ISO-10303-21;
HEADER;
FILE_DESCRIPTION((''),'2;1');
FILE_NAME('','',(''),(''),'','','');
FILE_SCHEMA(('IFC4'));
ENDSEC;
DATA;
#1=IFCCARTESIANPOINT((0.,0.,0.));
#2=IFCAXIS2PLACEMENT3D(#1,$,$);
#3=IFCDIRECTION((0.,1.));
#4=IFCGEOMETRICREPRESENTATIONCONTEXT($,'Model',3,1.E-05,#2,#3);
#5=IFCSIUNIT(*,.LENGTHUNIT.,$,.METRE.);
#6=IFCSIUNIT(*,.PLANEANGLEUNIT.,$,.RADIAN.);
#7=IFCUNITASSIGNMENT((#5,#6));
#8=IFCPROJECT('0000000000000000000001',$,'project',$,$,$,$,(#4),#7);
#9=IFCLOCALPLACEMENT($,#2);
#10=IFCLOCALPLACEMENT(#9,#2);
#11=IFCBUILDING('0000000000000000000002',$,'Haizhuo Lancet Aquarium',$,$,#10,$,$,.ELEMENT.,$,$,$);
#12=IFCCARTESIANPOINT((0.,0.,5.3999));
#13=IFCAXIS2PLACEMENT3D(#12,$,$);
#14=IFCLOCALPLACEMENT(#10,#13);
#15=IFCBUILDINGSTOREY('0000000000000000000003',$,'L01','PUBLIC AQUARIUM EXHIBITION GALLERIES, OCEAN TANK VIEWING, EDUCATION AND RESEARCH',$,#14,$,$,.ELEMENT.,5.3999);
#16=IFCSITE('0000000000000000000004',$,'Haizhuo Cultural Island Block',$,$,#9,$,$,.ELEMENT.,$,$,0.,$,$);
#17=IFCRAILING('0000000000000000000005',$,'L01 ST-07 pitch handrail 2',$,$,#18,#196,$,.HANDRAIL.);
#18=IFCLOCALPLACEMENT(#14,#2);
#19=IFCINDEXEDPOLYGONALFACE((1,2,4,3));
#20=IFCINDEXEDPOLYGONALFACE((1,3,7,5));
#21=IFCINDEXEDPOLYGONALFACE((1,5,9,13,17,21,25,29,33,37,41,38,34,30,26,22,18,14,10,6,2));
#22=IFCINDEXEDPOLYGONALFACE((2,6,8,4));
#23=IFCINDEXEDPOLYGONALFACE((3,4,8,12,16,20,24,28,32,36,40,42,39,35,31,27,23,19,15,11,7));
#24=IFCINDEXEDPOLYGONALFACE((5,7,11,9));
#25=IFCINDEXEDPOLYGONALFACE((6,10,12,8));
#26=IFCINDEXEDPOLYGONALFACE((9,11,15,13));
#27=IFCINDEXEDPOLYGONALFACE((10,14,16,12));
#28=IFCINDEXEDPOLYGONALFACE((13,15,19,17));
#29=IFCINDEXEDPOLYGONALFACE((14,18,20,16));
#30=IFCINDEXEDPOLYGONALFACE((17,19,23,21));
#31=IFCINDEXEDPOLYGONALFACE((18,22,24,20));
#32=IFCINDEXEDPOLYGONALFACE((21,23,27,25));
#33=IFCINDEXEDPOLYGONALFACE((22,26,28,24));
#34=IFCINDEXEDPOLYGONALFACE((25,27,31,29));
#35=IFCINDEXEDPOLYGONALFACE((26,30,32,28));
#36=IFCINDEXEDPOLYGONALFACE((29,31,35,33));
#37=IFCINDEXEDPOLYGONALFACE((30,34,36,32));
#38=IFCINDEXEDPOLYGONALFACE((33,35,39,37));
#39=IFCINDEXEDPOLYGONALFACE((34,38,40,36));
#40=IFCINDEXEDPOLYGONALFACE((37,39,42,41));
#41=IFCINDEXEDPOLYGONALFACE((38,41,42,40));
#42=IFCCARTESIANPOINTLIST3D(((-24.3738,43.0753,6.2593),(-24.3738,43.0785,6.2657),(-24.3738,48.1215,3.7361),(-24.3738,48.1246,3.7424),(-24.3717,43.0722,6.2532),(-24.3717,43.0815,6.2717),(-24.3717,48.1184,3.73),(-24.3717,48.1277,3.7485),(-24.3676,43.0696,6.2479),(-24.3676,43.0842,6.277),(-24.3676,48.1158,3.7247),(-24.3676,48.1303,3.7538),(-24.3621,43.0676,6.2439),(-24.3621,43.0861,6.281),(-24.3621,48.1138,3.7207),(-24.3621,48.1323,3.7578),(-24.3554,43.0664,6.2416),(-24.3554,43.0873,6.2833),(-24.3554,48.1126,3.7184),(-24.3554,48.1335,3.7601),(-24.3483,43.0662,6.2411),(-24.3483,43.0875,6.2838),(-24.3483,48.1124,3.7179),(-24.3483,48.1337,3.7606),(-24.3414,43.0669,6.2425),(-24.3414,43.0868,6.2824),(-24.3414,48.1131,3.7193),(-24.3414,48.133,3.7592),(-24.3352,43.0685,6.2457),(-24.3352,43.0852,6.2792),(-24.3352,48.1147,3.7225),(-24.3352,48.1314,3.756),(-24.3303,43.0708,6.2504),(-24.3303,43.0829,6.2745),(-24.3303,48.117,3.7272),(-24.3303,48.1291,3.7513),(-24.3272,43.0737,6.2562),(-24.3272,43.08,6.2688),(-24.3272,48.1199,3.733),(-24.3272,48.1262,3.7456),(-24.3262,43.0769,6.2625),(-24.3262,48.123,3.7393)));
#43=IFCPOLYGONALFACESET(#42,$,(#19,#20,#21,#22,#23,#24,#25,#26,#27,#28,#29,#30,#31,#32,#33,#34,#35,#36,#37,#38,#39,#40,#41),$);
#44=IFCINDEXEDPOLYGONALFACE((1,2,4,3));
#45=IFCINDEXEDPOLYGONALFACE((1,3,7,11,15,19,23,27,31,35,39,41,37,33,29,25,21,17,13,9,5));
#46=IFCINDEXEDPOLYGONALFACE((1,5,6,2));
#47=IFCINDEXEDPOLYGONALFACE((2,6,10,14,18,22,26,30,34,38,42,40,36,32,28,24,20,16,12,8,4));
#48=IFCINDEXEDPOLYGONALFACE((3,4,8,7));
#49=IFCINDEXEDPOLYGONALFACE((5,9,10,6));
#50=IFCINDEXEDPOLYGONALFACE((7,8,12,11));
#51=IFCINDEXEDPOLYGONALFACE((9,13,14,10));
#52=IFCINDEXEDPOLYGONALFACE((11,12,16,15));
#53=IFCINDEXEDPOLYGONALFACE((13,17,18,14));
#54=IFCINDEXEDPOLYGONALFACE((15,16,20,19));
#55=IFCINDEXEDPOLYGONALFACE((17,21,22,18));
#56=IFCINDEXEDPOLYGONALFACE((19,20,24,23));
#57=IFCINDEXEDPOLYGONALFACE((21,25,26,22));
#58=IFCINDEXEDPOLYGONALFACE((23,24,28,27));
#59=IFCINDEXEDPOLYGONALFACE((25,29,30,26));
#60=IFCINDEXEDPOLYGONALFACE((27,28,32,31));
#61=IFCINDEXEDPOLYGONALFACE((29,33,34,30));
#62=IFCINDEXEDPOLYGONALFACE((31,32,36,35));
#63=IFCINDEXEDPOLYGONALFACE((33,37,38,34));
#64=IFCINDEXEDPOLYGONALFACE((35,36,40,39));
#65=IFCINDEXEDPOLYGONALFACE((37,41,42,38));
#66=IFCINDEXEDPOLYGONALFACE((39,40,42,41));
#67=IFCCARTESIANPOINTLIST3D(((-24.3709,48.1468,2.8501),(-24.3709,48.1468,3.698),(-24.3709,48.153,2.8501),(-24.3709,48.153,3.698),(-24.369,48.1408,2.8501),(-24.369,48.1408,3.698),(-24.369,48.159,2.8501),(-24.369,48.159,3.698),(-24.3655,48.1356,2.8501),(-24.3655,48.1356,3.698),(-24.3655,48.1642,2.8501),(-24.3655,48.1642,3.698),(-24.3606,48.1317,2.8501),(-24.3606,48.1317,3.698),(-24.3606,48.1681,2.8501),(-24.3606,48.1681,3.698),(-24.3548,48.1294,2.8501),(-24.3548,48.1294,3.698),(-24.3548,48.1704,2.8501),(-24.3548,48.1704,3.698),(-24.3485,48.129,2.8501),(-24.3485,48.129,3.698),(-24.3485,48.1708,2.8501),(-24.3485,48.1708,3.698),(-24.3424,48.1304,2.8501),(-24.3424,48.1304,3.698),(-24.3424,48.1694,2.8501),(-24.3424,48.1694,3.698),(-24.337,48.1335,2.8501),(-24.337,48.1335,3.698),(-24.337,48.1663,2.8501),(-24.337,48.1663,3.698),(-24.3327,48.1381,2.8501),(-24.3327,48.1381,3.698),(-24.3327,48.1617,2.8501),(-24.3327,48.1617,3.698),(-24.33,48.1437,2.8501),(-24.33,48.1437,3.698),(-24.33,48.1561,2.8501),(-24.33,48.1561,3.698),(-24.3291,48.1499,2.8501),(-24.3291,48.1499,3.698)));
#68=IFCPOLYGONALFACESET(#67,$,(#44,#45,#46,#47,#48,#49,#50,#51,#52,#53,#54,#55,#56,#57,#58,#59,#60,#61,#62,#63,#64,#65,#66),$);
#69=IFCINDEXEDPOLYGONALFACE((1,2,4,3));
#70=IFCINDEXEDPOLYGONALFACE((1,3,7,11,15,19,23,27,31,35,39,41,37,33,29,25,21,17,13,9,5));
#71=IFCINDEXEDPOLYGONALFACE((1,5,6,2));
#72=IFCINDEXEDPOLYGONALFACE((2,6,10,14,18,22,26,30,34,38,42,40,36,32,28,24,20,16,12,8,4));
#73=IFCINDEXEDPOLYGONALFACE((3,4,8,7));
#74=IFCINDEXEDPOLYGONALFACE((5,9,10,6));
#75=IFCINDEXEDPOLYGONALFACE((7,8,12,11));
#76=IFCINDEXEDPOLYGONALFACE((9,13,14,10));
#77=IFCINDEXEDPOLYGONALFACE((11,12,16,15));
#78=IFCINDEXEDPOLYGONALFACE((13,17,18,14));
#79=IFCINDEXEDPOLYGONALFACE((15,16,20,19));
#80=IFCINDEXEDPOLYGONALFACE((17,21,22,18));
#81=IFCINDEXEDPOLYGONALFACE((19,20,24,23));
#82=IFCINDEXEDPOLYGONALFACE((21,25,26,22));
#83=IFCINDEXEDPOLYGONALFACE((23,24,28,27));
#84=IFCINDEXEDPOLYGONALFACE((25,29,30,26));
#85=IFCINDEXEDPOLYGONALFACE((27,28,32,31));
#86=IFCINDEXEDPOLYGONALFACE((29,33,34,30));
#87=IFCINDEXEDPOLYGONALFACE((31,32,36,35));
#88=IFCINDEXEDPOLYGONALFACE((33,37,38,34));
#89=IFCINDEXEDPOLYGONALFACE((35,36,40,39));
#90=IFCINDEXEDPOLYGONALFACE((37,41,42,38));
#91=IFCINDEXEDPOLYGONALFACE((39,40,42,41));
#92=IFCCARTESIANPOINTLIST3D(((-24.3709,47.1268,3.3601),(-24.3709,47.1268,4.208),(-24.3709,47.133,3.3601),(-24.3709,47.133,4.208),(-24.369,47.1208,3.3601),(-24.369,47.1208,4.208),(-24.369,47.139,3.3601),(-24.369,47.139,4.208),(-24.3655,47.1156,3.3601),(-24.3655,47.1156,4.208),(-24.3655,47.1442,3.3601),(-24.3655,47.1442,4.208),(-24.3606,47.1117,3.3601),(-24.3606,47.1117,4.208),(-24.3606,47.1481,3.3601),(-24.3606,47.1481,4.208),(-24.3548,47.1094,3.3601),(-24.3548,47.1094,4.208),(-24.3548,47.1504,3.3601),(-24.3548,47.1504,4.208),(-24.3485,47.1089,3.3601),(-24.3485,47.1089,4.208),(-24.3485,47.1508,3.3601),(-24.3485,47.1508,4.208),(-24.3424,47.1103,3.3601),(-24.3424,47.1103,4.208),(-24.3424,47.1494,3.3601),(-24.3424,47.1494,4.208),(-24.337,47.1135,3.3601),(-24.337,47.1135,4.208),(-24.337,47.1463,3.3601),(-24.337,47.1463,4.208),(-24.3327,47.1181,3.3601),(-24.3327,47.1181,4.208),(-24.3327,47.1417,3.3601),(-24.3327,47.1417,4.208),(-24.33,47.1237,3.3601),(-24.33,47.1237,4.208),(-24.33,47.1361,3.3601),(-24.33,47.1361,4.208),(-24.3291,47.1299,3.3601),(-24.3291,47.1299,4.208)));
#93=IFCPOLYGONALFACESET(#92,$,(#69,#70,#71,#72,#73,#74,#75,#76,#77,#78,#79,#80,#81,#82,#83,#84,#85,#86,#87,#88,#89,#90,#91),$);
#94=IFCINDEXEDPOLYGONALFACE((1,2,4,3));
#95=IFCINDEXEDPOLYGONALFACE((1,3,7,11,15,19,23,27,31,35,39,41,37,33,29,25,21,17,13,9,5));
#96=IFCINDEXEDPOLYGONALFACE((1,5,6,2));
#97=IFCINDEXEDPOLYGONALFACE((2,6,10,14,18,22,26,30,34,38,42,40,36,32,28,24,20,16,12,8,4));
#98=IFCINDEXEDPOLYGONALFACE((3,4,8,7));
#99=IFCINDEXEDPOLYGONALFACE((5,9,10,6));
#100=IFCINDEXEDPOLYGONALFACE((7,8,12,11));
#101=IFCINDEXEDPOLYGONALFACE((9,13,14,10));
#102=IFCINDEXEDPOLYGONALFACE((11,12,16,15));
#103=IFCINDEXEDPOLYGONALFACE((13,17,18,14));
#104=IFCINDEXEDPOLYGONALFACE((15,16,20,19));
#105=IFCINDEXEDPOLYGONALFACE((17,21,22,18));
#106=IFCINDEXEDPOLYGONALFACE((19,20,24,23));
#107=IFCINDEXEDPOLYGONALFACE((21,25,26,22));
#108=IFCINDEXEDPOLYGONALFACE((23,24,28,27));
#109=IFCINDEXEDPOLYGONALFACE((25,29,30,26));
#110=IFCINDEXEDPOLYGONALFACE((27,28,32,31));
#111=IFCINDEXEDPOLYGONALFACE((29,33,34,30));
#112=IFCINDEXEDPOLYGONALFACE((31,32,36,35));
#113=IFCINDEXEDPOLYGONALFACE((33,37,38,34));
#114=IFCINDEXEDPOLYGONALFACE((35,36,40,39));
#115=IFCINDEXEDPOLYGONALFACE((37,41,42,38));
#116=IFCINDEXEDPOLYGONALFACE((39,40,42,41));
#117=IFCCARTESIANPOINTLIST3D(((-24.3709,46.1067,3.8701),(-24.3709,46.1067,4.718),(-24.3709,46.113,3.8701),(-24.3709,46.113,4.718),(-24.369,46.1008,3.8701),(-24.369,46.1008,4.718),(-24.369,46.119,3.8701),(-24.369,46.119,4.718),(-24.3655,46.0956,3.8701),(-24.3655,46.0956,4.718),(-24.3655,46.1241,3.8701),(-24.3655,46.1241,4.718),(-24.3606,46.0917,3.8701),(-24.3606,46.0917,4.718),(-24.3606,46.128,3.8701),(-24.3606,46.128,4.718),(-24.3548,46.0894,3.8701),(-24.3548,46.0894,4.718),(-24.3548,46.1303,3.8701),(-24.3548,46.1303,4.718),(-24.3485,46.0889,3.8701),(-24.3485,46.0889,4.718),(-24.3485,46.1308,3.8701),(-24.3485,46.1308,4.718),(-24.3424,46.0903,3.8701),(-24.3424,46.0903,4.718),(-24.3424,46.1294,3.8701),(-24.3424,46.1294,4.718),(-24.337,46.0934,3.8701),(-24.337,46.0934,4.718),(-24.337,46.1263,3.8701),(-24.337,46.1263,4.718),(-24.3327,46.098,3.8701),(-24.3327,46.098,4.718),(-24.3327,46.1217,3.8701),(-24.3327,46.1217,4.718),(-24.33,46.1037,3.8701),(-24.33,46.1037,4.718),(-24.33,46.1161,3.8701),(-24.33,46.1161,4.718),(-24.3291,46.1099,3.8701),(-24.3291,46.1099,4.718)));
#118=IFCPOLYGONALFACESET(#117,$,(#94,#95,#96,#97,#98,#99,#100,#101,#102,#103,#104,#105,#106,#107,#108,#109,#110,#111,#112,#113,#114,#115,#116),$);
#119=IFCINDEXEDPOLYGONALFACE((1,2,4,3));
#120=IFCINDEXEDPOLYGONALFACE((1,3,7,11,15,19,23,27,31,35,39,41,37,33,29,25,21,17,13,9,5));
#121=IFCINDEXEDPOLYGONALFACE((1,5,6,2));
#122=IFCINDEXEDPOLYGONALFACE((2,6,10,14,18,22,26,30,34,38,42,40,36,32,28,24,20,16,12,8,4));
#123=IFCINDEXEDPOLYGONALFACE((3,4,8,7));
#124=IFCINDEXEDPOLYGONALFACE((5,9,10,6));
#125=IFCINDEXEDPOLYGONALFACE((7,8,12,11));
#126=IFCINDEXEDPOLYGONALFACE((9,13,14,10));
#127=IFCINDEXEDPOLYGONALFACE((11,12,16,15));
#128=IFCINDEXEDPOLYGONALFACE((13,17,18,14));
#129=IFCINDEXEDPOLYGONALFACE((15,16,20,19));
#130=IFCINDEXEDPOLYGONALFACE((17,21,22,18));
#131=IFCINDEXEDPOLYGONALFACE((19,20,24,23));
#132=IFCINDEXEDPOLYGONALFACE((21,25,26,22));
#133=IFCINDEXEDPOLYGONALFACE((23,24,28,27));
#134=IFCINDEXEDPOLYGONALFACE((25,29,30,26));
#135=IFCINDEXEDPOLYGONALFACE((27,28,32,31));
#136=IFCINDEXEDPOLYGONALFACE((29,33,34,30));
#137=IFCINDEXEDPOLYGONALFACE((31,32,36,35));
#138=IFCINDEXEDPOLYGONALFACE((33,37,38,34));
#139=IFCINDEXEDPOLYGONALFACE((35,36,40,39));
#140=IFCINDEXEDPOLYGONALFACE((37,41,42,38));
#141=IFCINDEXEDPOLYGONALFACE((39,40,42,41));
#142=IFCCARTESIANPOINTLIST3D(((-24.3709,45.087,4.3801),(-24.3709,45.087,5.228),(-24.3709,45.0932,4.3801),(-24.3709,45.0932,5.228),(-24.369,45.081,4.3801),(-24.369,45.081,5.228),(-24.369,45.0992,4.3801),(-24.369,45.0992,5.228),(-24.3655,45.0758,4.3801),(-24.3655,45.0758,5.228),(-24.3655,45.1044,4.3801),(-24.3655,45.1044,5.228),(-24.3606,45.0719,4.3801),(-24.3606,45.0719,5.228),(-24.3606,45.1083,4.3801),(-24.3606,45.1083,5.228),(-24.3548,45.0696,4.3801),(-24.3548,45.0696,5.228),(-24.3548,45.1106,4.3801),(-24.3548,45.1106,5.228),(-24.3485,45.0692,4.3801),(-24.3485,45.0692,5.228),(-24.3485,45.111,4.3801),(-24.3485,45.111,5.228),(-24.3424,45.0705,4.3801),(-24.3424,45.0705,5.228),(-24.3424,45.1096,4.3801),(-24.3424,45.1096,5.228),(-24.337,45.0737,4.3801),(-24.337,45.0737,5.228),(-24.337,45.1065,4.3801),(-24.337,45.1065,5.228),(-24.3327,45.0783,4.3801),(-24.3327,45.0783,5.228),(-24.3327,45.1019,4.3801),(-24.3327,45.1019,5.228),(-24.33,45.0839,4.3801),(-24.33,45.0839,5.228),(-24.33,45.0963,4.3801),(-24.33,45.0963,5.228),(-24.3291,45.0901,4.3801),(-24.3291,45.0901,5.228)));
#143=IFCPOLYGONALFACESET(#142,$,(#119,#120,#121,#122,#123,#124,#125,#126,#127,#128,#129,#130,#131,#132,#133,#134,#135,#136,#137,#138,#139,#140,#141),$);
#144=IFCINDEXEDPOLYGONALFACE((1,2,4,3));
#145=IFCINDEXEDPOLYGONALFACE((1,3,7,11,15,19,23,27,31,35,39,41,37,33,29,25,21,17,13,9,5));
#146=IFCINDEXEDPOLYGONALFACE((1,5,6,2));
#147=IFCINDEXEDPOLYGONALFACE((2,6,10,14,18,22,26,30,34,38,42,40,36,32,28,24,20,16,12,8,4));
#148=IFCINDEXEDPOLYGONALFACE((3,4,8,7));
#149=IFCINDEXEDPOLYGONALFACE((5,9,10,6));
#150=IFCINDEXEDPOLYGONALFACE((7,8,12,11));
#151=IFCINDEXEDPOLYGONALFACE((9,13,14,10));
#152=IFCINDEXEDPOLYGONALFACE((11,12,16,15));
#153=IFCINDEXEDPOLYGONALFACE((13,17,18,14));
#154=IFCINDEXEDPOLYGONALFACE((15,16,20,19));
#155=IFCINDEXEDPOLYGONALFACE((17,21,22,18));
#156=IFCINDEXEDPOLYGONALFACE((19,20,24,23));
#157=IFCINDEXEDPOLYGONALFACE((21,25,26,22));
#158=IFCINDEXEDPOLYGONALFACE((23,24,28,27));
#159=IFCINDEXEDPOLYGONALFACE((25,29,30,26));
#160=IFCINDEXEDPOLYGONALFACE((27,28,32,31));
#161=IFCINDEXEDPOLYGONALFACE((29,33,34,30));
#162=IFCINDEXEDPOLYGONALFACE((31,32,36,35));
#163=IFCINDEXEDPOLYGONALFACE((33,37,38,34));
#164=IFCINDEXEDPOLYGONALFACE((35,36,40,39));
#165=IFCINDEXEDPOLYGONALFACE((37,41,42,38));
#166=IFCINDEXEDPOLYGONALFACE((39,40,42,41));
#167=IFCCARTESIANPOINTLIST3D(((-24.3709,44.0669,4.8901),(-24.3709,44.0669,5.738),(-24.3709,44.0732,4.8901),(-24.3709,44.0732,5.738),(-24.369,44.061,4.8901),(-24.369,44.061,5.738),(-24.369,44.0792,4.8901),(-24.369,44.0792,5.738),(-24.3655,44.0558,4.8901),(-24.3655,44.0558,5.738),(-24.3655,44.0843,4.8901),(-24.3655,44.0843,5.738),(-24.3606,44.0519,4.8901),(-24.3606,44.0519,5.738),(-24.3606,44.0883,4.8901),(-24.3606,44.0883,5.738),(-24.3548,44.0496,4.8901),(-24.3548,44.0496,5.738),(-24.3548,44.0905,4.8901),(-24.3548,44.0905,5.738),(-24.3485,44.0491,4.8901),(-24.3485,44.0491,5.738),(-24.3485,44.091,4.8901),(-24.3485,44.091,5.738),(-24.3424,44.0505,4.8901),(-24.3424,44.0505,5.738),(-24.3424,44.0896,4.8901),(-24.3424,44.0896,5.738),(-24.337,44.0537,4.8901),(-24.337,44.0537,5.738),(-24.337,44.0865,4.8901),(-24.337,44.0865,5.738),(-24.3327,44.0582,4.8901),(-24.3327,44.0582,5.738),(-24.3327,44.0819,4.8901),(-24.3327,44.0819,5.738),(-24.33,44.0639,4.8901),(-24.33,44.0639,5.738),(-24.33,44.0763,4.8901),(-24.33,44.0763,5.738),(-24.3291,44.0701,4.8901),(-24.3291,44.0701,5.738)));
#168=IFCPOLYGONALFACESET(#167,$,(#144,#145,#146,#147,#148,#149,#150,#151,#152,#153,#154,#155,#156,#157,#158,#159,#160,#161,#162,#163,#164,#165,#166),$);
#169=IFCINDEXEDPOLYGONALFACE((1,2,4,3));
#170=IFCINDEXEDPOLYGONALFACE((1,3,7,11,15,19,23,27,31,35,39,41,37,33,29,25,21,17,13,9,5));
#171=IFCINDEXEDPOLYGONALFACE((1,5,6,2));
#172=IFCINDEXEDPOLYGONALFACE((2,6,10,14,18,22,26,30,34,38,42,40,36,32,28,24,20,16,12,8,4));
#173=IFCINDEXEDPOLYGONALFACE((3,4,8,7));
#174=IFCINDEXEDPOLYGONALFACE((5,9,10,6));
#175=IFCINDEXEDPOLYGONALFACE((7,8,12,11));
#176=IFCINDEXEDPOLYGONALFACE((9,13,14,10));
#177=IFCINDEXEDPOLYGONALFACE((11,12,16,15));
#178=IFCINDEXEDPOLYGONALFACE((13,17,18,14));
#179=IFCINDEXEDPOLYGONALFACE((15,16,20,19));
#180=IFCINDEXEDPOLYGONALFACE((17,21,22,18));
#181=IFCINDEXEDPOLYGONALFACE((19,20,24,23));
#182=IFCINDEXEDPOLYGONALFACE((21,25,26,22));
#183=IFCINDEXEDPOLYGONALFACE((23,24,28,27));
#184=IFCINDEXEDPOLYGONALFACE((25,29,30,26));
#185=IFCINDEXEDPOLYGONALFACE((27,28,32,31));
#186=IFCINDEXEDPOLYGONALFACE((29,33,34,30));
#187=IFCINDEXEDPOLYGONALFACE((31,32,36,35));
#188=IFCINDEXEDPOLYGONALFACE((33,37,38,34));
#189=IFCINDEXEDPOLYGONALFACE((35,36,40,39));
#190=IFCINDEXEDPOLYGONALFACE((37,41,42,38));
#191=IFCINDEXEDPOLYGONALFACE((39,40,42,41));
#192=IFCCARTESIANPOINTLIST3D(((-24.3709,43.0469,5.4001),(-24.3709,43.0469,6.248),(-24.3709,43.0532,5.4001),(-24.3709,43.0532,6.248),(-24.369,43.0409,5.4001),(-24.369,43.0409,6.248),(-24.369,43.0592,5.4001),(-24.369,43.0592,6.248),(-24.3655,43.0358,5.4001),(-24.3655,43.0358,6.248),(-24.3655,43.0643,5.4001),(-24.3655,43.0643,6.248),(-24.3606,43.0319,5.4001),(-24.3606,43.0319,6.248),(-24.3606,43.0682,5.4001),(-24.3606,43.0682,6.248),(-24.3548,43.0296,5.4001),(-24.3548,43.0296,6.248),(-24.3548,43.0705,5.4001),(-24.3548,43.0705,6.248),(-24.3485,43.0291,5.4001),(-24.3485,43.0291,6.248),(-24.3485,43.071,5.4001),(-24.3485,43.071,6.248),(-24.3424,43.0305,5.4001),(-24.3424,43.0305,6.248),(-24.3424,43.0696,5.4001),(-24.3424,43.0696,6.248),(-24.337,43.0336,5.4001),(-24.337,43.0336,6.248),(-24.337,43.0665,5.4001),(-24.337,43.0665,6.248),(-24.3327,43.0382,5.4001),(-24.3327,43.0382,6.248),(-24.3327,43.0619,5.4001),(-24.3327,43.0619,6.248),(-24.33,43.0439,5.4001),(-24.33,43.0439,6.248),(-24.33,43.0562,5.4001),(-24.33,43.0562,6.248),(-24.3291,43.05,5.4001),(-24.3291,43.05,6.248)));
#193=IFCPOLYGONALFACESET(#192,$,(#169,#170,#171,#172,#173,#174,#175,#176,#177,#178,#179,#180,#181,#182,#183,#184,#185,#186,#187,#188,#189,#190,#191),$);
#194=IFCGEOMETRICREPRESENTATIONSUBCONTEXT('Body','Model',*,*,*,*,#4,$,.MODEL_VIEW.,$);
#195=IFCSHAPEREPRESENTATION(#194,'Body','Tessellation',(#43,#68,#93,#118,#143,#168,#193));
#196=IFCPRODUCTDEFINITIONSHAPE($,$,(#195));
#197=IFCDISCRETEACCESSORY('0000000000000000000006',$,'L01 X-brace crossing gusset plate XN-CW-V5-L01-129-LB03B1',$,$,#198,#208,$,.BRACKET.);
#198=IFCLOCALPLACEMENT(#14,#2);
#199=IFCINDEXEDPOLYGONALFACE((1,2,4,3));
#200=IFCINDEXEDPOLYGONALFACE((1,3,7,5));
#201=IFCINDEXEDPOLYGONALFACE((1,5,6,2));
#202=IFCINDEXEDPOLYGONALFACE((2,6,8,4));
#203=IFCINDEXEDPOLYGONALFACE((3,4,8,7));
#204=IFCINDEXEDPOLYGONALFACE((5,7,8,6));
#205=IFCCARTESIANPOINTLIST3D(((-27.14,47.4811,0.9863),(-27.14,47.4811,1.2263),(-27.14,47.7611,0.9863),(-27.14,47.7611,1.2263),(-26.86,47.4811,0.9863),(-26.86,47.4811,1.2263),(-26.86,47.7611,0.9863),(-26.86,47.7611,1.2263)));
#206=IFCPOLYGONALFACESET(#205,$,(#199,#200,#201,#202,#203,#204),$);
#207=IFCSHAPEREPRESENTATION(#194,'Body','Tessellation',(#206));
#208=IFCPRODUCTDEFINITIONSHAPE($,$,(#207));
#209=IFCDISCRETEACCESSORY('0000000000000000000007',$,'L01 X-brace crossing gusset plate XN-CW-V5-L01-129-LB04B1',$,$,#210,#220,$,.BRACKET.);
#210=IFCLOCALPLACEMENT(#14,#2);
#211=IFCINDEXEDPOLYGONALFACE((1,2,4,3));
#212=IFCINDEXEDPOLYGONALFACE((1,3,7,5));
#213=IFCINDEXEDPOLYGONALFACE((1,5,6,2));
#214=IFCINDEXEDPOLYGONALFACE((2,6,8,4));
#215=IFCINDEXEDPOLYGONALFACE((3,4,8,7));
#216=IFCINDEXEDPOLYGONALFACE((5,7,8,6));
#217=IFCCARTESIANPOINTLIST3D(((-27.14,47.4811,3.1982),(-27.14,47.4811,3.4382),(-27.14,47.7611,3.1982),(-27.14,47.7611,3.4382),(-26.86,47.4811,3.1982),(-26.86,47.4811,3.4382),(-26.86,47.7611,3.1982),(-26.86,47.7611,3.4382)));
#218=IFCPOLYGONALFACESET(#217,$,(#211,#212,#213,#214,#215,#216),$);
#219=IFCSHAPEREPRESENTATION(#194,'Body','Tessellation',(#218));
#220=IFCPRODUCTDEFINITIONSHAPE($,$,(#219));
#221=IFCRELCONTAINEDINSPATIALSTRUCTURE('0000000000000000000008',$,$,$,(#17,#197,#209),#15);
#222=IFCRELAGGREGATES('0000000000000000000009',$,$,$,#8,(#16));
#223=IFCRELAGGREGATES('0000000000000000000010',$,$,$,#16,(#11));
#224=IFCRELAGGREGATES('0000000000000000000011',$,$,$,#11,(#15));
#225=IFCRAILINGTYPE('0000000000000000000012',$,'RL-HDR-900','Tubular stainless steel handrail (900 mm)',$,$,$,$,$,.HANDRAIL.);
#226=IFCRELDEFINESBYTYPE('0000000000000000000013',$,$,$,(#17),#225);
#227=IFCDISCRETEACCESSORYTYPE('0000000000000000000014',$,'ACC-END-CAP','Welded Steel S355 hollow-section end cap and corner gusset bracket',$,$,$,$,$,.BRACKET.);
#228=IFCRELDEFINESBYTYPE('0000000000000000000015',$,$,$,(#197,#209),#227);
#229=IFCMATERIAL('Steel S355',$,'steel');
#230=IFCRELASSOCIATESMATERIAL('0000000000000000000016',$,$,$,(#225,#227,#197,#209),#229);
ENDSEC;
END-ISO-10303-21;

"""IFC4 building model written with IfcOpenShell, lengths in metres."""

from ifc_helpers import new_model, si_unit, direction, frame, origin, origin_2d, place, context, subcontext, project, spatial, rectangle, circle, extrude, material, type_object, element, save


model = new_model("IFC4")

# Units and contexts
model_context = context("Model", 3, precision=1e-05, world=origin(), true_north=direction((0.0, 1.0)))
body_context = subcontext(model_context, "Body", "Model", "MODEL_VIEW")
ifc_project = project(units=[si_unit("LENGTHUNIT", "METRE"), si_unit("PLANEANGLEUNIT", "RADIAN")], contexts=[model_context])

# Site, building, storey
site_placement = place(None, origin())
site = spatial("IfcSite", under=ifc_project, at=site_placement, Name="Haizhuo Cultural Island Block", CompositionType="ELEMENT", RefElevation=0.0)
building_placement = place(site_placement, origin())
building = spatial("IfcBuilding", under=site, at=building_placement, Name="Haizhuo Lancet Aquarium", CompositionType="ELEMENT")
storey_placement = place(building_placement, frame((0.0, 0.0, 5.3999)))
storey = spatial("IfcBuildingStorey", under=building, at=storey_placement, Name="L01", Description="PUBLIC AQUARIUM EXHIBITION GALLERIES, OCEAN TANK VIEWING, EDUCATION AND RESEARCH", CompositionType="ELEMENT", Elevation=5.3999)

# Shared definitions
ifc_material_1 = material(Name="Steel S355", Category="steel")

# Railing
railing_type_1 = type_object("IfcRailingType", Name="RL-HDR-900", Description="Tubular stainless steel handrail (900 mm)", PredefinedType="HANDRAIL", material=ifc_material_1)
railing_1_placement = place(storey_placement, frame((-24.3501, 48.1499, 2.8501)))
element("IfcRailing", 1, at=railing_1_placement, inside=storey, type_object=railing_type_1, Name="L01 ST-07 pitch handrail 2", PredefinedType="HANDRAIL", context=body_context, shape_type="SweptSolid", body=[
    extrude(circle(Radius=0.0239, at=origin_2d()), frame((0.0, -0.0269, 0.8892), z_axis=(0.0, -0.894419, 0.447231), x_axis=(1.0, 0.0, 0.0)), (0.0, 0.0, 1.0), 5.6418),
    extrude(circle(Radius=0.021, at=origin_2d()), origin(), (0.0, 0.0, 1.0), 0.8479),
    extrude(circle(Radius=0.021, at=origin_2d()), frame((0.0, -1.02, 0.51)), (0.0, 0.0, 1.0), 0.8479),
    extrude(circle(Radius=0.021, at=origin_2d()), frame((0.0, -2.04, 1.02)), (0.0, 0.0, 1.0), 0.8479),
    extrude(circle(Radius=0.021, at=origin_2d()), frame((0.0, -3.0598, 1.53)), (0.0, 0.0, 1.0), 0.8479),
    extrude(circle(Radius=0.021, at=origin_2d()), frame((0.0, -4.0798, 2.04)), (0.0, 0.0, 1.0), 0.8479),
    extrude(circle(Radius=0.021, at=origin_2d()), frame((0.0, -5.0999, 2.55)), (0.0, 0.0, 1.0), 0.8479),
])

# Discrete accessories
discrete_accessory_type = type_object("IfcDiscreteAccessoryType", Name="ACC-END-CAP", Description="Welded Steel S355 hollow-section end cap and corner gusset bracket", PredefinedType="BRACKET", material=ifc_material_1)
for number, where, z_axis, x_axis, name in (
    (2, (-27.0, 47.6211, 0.9863), (0.0, 0.0, 1.0), (1.0, 0.0, 0.0), "L01 X-brace crossing gusset plate XN-CW-V5-L01-129-LB03B1"),
    (3, (-27.0, 47.6211, 3.1982), (0.0, 0.0, 1.0), (1.0, 0.0, 0.0), "L01 X-brace crossing gusset plate XN-CW-V5-L01-129-LB04B1"),
):
    element("IfcDiscreteAccessory", number, at=place(storey_placement, frame(where, z_axis=z_axis, x_axis=x_axis)), inside=storey, type_object=discrete_accessory_type, material=ifc_material_1, Name=name, PredefinedType="BRACKET", context=body_context, shape_type="SweptSolid", body=[
        extrude(rectangle(XDim=0.28, YDim=0.28, at=origin_2d()), origin(), (0.0, 0.0, 1.0), 0.24),
    ])

save(model, "model.ifc")
